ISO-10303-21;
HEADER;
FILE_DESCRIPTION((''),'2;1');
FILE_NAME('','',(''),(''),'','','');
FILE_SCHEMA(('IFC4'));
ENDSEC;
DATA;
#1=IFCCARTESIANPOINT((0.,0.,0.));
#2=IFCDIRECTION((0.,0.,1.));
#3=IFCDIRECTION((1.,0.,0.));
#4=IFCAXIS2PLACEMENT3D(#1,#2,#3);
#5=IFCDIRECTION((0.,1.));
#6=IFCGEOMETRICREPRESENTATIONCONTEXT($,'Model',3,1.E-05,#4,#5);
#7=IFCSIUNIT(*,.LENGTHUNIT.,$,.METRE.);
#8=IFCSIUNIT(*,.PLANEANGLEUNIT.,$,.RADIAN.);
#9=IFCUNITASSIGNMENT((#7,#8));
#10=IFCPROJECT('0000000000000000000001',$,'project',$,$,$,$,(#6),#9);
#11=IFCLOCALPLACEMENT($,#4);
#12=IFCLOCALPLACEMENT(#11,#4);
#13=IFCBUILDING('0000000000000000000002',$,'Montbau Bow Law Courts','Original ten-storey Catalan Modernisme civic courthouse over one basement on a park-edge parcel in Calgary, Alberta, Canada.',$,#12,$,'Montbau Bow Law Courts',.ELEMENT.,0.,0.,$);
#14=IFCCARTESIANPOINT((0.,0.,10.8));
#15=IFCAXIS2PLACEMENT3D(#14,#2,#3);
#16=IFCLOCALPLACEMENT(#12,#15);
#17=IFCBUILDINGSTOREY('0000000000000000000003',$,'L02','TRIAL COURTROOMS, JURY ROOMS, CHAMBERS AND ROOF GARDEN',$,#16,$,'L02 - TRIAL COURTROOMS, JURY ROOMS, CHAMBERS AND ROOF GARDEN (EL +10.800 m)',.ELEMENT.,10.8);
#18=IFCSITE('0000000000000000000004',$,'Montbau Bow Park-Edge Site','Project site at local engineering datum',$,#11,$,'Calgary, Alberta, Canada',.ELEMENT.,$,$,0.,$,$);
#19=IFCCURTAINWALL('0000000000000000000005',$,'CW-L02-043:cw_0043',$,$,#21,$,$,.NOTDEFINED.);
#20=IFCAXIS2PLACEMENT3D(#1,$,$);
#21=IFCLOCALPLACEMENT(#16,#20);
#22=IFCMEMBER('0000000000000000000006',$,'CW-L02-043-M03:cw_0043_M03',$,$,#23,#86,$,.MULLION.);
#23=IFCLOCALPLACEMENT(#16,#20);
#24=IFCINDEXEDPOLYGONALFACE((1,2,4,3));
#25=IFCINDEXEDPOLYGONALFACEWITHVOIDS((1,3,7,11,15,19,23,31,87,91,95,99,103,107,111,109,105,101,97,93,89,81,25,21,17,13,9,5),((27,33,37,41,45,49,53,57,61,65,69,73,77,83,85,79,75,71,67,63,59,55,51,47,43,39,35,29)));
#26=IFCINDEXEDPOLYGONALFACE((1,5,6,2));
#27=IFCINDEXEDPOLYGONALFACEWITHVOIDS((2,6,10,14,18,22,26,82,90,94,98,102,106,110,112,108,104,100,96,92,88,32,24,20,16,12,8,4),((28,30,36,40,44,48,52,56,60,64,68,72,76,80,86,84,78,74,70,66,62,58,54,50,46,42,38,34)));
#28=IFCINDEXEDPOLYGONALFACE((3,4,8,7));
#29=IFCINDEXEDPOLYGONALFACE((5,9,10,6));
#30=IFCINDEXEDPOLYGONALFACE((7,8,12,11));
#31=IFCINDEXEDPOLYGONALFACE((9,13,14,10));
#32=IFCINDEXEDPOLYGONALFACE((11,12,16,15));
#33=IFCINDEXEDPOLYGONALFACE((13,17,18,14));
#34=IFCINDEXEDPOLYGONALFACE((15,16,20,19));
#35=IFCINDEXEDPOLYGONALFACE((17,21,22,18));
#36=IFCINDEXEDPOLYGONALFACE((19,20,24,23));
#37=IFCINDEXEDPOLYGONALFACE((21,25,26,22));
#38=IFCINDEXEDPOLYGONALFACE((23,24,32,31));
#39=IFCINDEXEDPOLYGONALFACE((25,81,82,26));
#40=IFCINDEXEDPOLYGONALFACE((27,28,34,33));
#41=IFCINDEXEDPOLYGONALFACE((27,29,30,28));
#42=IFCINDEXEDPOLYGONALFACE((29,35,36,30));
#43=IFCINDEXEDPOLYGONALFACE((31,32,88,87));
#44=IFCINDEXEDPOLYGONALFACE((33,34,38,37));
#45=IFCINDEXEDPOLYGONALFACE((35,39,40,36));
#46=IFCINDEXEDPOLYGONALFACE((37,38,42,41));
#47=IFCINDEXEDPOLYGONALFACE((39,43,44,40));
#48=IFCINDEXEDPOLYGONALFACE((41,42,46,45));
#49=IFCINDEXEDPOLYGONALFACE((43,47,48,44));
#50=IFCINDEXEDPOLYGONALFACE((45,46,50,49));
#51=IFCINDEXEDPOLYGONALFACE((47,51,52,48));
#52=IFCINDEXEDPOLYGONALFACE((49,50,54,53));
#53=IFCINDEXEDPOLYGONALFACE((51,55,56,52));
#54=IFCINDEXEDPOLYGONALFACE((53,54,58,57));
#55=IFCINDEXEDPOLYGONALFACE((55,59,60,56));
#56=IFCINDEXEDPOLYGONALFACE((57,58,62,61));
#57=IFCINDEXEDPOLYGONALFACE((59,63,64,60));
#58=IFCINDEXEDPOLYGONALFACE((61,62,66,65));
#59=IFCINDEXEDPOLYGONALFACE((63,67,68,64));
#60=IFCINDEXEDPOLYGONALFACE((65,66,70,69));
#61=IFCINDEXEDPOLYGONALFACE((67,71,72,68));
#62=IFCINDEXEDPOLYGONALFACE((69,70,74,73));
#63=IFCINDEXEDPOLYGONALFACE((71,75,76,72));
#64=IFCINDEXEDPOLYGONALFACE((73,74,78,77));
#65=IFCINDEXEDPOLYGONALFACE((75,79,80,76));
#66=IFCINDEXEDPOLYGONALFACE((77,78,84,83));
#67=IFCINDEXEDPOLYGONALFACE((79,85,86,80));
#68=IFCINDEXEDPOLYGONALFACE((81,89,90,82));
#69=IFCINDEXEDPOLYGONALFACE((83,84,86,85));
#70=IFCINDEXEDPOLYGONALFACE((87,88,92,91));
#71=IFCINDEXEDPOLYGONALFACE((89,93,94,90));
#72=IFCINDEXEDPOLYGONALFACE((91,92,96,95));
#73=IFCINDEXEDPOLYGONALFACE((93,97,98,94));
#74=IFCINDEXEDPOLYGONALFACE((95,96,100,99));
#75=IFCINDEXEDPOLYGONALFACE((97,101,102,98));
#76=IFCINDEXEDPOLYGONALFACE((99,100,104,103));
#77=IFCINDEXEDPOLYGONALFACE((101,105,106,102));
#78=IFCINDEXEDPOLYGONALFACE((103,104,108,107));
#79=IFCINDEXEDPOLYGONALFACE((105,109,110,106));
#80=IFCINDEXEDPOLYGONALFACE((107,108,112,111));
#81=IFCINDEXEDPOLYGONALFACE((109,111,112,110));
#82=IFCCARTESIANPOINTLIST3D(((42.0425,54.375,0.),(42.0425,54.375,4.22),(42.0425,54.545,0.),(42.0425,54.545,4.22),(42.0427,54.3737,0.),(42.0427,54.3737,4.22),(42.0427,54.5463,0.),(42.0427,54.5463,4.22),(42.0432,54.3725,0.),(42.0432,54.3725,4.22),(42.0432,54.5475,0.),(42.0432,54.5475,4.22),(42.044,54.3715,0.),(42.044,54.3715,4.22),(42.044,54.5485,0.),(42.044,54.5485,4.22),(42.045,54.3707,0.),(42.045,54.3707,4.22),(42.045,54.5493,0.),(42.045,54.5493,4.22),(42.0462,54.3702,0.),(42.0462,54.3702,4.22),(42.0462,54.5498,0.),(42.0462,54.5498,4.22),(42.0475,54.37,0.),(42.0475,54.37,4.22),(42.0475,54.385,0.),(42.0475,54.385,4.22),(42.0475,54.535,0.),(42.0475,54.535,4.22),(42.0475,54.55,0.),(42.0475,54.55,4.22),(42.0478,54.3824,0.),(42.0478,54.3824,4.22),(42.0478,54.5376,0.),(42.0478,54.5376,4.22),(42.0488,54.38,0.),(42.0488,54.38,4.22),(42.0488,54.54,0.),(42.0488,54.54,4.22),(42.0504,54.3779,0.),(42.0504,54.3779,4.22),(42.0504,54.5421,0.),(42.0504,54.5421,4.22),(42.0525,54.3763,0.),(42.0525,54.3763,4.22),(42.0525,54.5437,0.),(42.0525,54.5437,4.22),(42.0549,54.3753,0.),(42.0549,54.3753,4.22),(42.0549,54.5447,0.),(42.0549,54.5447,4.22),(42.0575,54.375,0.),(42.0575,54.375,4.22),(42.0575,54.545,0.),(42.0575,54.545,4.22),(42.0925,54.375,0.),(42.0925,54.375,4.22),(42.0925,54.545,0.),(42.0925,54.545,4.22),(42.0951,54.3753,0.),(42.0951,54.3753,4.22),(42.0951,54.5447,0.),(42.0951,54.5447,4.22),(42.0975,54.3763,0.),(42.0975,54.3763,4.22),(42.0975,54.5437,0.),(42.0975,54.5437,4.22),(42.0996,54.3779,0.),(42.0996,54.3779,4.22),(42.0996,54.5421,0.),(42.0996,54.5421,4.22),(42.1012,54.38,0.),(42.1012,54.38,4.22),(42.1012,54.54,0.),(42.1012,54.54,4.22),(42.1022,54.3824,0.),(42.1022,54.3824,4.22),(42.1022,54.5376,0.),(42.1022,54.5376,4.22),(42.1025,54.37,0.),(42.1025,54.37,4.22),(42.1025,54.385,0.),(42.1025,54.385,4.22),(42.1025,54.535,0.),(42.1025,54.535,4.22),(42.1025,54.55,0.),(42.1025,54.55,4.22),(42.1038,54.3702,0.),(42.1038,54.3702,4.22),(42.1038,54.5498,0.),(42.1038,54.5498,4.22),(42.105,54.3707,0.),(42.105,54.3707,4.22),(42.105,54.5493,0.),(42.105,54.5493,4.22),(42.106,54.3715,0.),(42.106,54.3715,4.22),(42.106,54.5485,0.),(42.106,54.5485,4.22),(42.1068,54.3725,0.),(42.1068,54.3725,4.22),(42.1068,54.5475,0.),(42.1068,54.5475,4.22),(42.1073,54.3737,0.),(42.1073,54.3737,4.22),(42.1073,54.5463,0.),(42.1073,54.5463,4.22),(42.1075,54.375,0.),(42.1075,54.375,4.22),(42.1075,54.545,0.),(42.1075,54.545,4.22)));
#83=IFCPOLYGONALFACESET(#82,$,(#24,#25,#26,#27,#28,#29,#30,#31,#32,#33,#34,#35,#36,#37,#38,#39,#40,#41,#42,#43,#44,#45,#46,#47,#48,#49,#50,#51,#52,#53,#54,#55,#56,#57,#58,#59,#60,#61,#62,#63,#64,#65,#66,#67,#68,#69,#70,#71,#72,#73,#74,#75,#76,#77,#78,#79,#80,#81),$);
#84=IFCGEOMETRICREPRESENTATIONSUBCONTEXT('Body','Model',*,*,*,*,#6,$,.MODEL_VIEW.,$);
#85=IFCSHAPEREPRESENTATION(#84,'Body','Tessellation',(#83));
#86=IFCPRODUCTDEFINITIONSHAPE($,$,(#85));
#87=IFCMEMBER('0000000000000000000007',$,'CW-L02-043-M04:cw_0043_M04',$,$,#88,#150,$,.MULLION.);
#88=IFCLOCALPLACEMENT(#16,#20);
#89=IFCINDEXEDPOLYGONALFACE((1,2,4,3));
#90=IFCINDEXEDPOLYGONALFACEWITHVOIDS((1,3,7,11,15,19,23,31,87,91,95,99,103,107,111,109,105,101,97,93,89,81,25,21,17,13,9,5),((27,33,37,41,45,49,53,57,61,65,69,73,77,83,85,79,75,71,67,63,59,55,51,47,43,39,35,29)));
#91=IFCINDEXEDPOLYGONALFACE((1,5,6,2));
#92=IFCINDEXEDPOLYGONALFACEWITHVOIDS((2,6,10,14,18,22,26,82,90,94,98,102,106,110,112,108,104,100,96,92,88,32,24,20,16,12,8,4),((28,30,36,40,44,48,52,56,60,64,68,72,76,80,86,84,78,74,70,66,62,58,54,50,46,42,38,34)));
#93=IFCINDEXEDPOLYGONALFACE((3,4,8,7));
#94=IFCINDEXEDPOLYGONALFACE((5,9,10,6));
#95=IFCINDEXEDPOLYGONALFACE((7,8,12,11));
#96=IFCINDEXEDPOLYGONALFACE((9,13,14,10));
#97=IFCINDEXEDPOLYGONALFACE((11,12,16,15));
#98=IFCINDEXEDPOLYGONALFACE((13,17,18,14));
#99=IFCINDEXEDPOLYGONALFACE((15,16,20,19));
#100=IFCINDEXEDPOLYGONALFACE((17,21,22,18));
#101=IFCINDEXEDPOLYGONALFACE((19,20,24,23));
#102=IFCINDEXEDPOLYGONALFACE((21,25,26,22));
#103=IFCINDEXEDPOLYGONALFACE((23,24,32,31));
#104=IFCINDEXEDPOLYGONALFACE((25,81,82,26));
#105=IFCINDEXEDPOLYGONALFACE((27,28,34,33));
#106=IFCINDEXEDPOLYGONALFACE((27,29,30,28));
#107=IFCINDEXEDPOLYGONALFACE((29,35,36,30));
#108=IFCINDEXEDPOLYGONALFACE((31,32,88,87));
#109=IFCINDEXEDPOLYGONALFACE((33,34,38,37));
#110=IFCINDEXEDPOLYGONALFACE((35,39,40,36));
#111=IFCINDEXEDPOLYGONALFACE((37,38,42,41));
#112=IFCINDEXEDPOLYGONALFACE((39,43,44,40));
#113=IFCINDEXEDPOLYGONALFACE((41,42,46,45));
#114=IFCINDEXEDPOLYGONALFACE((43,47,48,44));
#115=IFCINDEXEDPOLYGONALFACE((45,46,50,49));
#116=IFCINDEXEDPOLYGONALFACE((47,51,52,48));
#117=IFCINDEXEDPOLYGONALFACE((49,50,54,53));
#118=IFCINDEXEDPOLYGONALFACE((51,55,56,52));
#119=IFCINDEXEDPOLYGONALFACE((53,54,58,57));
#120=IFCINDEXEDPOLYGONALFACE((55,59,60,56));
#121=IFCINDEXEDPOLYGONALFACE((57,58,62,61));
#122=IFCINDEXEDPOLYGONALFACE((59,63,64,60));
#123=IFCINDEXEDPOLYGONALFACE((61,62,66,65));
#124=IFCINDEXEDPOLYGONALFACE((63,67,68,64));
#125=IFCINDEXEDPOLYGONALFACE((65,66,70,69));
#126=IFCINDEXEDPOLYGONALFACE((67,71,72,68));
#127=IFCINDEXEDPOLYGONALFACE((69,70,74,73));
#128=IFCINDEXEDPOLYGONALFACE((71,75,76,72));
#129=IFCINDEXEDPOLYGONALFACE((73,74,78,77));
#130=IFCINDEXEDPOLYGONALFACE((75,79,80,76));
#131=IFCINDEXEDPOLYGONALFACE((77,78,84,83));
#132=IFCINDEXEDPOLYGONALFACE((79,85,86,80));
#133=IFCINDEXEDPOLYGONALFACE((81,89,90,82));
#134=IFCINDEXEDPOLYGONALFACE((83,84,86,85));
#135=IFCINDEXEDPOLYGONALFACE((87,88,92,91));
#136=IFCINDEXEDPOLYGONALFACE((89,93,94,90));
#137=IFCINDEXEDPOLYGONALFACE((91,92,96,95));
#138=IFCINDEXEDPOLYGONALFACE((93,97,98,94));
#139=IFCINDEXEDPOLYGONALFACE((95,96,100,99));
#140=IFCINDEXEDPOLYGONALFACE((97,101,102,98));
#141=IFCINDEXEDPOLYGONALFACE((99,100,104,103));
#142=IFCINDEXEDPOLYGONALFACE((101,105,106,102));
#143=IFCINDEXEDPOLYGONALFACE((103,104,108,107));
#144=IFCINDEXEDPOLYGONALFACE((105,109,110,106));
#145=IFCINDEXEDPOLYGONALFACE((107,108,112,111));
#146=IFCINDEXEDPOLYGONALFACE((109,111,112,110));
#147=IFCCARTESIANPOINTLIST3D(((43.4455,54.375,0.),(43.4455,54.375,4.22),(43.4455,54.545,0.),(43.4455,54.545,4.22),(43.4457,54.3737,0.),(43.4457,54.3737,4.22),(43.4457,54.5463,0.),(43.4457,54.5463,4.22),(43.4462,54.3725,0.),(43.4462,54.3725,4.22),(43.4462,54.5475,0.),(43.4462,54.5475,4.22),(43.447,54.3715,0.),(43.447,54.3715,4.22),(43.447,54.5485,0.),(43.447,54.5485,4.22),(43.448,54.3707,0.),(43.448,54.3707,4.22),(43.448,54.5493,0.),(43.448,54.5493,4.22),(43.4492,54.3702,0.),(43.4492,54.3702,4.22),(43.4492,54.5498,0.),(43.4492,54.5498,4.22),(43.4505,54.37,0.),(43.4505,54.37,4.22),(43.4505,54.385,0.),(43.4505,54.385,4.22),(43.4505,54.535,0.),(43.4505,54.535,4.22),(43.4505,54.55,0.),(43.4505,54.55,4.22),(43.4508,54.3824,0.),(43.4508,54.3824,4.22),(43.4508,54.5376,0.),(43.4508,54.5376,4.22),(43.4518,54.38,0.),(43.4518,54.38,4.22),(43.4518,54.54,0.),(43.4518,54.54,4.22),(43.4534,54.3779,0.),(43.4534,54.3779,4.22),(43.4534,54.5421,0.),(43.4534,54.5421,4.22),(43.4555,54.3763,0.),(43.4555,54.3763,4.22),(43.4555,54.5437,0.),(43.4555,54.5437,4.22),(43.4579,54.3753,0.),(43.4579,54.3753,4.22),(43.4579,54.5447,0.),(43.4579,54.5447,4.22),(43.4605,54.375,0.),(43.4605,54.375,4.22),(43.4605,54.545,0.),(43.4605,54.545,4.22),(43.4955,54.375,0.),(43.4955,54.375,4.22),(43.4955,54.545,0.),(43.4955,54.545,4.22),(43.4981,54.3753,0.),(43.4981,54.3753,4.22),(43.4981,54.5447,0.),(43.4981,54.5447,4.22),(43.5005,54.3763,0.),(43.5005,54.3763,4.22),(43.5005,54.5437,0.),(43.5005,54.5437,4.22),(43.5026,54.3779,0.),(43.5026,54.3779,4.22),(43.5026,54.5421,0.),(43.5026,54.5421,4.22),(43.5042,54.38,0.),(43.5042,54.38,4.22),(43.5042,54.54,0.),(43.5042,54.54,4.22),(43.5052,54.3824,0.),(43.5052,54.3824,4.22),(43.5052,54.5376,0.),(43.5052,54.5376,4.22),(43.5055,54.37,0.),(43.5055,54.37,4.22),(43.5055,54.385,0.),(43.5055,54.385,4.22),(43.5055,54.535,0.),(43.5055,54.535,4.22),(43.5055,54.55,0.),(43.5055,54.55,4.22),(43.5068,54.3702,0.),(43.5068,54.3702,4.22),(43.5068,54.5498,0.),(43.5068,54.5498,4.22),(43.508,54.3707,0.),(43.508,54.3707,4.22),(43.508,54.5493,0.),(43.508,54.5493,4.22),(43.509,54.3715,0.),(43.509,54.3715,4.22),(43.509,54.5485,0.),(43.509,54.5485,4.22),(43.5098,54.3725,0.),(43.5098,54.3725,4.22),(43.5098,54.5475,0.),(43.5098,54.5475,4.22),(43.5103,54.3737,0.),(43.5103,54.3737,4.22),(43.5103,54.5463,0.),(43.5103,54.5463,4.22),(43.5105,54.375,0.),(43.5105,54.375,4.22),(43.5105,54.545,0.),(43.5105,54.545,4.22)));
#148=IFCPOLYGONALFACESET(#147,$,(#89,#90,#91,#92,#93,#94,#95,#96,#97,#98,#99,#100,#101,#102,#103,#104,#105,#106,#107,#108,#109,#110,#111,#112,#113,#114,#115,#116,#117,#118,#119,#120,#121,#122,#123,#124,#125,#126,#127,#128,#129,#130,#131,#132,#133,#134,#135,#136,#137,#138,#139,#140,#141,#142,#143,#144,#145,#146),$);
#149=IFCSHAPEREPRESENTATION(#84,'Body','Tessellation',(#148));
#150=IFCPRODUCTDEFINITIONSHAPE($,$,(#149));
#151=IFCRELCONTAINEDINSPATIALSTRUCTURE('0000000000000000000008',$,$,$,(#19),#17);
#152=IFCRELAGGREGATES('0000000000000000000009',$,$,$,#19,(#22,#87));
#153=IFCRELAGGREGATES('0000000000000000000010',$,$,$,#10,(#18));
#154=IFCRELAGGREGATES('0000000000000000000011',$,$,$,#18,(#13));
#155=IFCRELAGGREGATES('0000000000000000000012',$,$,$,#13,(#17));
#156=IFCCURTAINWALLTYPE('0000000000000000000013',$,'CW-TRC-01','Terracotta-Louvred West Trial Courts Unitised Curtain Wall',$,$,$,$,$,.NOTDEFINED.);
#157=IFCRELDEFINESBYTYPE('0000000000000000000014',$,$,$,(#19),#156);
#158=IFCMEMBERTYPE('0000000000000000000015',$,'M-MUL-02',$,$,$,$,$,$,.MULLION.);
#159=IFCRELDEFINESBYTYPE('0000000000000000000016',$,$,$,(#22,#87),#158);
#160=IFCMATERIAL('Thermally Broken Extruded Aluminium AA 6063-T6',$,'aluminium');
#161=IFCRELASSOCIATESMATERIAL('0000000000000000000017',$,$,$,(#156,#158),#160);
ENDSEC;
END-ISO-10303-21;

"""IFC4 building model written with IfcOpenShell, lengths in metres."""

from ifc_helpers import new_model, si_unit, direction, frame, origin_with_axes, origin_2d_with_axis, place, context, subcontext, project, spatial, hollow_rectangle, extrude, material, material_profile, profile_set, type_object, element, aggregate, save


model = new_model("IFC4")

# Units and contexts
model_context = context("Model", 3, precision=1e-05, world=origin_with_axes(), true_north=direction((0.0, 1.0)))
body_context = subcontext(model_context, "Body", "Model", "MODEL_VIEW")
ifc_project = project(units=[si_unit("LENGTHUNIT", "METRE"), si_unit("PLANEANGLEUNIT", "RADIAN")], contexts=[model_context])

# Site, building, storey
site_placement = place(None, origin_with_axes())
site = spatial("IfcSite", under=ifc_project, at=site_placement, Name="Montbau Bow Park-Edge Site", Description="Project site at local engineering datum", LongName="Calgary, Alberta, Canada", CompositionType="ELEMENT", RefElevation=0.0)
building_placement = place(site_placement, origin_with_axes())
building = spatial("IfcBuilding", under=site, at=building_placement, Name="Montbau Bow Law Courts", Description="Original ten-storey Catalan Modernisme civic courthouse over one basement on a park-edge parcel in Calgary, Alberta, Canada.", LongName="Montbau Bow Law Courts", CompositionType="ELEMENT", ElevationOfRefHeight=0.0, ElevationOfTerrain=0.0)
storey_placement = place(building_placement, frame((0.0, 0.0, 10.8), z_axis=(0.0, 0.0, 1.0), x_axis=(1.0, 0.0, 0.0)))
storey = spatial("IfcBuildingStorey", under=building, at=storey_placement, Name="L02", Description="TRIAL COURTROOMS, JURY ROOMS, CHAMBERS AND ROOF GARDEN", LongName="L02 - TRIAL COURTROOMS, JURY ROOMS, CHAMBERS AND ROOF GARDEN (EL +10.800 m)", CompositionType="ELEMENT", Elevation=10.8)

# Curtain wall, members
ifc_material_1 = material(Name="Thermally Broken Extruded Aluminium AA 6063-T6", Category="aluminium")
curtain_wall_type = type_object("IfcCurtainWallType", Name="CW-TRC-01", Description="Terracotta-Louvred West Trial Courts Unitised Curtain Wall", PredefinedType="NOTDEFINED", material=ifc_material_1)
curtain_wall_placement = place(None, frame((39.268, 54.46, 10.8), z_axis=(0.0, 0.0, 1.0), x_axis=(1.0, 0.0, 0.0)))
curtain_wall = element("IfcCurtainWall", 1, at=curtain_wall_placement, inside=storey, type_object=curtain_wall_type, Name="CW-L02-043:cw_0043", PredefinedType="NOTDEFINED")
ifc_material_profile_1 = material_profile(ifc_material_1, hollow_rectangle(XDim=0.065, YDim=0.18, WallThickness=0.005, InnerFilletRadius=0.01, OuterFilletRadius=0.005, at=origin_2d_with_axis()), Name="CWM-180X65", Category="Main", Priority=0)
ifc_profile_set_1 = profile_set([ifc_material_profile_1], Name="Thermally Broken Extruded Aluminium AA 6063-T6")
member_type_1 = type_object("IfcMemberType", Name="M-MUL-02", PredefinedType="MULLION", material=ifc_profile_set_1)
member_1_placement = place(None, frame((42.075, 54.46, 10.8), z_axis=(0.0, 0.0, 1.0), x_axis=(1.0, 0.0, 0.0)))
member_1 = element("IfcMember", 2, at=member_1_placement, type_object=member_type_1, Name="CW-L02-043-M03:cw_0043_M03", PredefinedType="MULLION", context=body_context, shape_type="SweptSolid", body=[
    extrude(hollow_rectangle(XDim=0.065, YDim=0.18, WallThickness=0.005, InnerFilletRadius=0.01, OuterFilletRadius=0.005, at=origin_2d_with_axis()), origin_with_axes(), (0.0, 0.0, 1.0), 4.22),
])
member_2_placement = place(None, frame((43.478, 54.46, 10.8), z_axis=(0.0, 0.0, 1.0), x_axis=(1.0, 0.0, 0.0)))
member_2 = element("IfcMember", 3, at=member_2_placement, type_object=member_type_1, Name="CW-L02-043-M04:cw_0043_M04", PredefinedType="MULLION", context=body_context, shape_type="SweptSolid", body=[
    extrude(hollow_rectangle(XDim=0.065, YDim=0.18, WallThickness=0.005, InnerFilletRadius=0.01, OuterFilletRadius=0.005, at=origin_2d_with_axis()), origin_with_axes(), (0.0, 0.0, 1.0), 4.22),
])
aggregate(curtain_wall, [member_1, member_2])

save(model, "model.ifc")
